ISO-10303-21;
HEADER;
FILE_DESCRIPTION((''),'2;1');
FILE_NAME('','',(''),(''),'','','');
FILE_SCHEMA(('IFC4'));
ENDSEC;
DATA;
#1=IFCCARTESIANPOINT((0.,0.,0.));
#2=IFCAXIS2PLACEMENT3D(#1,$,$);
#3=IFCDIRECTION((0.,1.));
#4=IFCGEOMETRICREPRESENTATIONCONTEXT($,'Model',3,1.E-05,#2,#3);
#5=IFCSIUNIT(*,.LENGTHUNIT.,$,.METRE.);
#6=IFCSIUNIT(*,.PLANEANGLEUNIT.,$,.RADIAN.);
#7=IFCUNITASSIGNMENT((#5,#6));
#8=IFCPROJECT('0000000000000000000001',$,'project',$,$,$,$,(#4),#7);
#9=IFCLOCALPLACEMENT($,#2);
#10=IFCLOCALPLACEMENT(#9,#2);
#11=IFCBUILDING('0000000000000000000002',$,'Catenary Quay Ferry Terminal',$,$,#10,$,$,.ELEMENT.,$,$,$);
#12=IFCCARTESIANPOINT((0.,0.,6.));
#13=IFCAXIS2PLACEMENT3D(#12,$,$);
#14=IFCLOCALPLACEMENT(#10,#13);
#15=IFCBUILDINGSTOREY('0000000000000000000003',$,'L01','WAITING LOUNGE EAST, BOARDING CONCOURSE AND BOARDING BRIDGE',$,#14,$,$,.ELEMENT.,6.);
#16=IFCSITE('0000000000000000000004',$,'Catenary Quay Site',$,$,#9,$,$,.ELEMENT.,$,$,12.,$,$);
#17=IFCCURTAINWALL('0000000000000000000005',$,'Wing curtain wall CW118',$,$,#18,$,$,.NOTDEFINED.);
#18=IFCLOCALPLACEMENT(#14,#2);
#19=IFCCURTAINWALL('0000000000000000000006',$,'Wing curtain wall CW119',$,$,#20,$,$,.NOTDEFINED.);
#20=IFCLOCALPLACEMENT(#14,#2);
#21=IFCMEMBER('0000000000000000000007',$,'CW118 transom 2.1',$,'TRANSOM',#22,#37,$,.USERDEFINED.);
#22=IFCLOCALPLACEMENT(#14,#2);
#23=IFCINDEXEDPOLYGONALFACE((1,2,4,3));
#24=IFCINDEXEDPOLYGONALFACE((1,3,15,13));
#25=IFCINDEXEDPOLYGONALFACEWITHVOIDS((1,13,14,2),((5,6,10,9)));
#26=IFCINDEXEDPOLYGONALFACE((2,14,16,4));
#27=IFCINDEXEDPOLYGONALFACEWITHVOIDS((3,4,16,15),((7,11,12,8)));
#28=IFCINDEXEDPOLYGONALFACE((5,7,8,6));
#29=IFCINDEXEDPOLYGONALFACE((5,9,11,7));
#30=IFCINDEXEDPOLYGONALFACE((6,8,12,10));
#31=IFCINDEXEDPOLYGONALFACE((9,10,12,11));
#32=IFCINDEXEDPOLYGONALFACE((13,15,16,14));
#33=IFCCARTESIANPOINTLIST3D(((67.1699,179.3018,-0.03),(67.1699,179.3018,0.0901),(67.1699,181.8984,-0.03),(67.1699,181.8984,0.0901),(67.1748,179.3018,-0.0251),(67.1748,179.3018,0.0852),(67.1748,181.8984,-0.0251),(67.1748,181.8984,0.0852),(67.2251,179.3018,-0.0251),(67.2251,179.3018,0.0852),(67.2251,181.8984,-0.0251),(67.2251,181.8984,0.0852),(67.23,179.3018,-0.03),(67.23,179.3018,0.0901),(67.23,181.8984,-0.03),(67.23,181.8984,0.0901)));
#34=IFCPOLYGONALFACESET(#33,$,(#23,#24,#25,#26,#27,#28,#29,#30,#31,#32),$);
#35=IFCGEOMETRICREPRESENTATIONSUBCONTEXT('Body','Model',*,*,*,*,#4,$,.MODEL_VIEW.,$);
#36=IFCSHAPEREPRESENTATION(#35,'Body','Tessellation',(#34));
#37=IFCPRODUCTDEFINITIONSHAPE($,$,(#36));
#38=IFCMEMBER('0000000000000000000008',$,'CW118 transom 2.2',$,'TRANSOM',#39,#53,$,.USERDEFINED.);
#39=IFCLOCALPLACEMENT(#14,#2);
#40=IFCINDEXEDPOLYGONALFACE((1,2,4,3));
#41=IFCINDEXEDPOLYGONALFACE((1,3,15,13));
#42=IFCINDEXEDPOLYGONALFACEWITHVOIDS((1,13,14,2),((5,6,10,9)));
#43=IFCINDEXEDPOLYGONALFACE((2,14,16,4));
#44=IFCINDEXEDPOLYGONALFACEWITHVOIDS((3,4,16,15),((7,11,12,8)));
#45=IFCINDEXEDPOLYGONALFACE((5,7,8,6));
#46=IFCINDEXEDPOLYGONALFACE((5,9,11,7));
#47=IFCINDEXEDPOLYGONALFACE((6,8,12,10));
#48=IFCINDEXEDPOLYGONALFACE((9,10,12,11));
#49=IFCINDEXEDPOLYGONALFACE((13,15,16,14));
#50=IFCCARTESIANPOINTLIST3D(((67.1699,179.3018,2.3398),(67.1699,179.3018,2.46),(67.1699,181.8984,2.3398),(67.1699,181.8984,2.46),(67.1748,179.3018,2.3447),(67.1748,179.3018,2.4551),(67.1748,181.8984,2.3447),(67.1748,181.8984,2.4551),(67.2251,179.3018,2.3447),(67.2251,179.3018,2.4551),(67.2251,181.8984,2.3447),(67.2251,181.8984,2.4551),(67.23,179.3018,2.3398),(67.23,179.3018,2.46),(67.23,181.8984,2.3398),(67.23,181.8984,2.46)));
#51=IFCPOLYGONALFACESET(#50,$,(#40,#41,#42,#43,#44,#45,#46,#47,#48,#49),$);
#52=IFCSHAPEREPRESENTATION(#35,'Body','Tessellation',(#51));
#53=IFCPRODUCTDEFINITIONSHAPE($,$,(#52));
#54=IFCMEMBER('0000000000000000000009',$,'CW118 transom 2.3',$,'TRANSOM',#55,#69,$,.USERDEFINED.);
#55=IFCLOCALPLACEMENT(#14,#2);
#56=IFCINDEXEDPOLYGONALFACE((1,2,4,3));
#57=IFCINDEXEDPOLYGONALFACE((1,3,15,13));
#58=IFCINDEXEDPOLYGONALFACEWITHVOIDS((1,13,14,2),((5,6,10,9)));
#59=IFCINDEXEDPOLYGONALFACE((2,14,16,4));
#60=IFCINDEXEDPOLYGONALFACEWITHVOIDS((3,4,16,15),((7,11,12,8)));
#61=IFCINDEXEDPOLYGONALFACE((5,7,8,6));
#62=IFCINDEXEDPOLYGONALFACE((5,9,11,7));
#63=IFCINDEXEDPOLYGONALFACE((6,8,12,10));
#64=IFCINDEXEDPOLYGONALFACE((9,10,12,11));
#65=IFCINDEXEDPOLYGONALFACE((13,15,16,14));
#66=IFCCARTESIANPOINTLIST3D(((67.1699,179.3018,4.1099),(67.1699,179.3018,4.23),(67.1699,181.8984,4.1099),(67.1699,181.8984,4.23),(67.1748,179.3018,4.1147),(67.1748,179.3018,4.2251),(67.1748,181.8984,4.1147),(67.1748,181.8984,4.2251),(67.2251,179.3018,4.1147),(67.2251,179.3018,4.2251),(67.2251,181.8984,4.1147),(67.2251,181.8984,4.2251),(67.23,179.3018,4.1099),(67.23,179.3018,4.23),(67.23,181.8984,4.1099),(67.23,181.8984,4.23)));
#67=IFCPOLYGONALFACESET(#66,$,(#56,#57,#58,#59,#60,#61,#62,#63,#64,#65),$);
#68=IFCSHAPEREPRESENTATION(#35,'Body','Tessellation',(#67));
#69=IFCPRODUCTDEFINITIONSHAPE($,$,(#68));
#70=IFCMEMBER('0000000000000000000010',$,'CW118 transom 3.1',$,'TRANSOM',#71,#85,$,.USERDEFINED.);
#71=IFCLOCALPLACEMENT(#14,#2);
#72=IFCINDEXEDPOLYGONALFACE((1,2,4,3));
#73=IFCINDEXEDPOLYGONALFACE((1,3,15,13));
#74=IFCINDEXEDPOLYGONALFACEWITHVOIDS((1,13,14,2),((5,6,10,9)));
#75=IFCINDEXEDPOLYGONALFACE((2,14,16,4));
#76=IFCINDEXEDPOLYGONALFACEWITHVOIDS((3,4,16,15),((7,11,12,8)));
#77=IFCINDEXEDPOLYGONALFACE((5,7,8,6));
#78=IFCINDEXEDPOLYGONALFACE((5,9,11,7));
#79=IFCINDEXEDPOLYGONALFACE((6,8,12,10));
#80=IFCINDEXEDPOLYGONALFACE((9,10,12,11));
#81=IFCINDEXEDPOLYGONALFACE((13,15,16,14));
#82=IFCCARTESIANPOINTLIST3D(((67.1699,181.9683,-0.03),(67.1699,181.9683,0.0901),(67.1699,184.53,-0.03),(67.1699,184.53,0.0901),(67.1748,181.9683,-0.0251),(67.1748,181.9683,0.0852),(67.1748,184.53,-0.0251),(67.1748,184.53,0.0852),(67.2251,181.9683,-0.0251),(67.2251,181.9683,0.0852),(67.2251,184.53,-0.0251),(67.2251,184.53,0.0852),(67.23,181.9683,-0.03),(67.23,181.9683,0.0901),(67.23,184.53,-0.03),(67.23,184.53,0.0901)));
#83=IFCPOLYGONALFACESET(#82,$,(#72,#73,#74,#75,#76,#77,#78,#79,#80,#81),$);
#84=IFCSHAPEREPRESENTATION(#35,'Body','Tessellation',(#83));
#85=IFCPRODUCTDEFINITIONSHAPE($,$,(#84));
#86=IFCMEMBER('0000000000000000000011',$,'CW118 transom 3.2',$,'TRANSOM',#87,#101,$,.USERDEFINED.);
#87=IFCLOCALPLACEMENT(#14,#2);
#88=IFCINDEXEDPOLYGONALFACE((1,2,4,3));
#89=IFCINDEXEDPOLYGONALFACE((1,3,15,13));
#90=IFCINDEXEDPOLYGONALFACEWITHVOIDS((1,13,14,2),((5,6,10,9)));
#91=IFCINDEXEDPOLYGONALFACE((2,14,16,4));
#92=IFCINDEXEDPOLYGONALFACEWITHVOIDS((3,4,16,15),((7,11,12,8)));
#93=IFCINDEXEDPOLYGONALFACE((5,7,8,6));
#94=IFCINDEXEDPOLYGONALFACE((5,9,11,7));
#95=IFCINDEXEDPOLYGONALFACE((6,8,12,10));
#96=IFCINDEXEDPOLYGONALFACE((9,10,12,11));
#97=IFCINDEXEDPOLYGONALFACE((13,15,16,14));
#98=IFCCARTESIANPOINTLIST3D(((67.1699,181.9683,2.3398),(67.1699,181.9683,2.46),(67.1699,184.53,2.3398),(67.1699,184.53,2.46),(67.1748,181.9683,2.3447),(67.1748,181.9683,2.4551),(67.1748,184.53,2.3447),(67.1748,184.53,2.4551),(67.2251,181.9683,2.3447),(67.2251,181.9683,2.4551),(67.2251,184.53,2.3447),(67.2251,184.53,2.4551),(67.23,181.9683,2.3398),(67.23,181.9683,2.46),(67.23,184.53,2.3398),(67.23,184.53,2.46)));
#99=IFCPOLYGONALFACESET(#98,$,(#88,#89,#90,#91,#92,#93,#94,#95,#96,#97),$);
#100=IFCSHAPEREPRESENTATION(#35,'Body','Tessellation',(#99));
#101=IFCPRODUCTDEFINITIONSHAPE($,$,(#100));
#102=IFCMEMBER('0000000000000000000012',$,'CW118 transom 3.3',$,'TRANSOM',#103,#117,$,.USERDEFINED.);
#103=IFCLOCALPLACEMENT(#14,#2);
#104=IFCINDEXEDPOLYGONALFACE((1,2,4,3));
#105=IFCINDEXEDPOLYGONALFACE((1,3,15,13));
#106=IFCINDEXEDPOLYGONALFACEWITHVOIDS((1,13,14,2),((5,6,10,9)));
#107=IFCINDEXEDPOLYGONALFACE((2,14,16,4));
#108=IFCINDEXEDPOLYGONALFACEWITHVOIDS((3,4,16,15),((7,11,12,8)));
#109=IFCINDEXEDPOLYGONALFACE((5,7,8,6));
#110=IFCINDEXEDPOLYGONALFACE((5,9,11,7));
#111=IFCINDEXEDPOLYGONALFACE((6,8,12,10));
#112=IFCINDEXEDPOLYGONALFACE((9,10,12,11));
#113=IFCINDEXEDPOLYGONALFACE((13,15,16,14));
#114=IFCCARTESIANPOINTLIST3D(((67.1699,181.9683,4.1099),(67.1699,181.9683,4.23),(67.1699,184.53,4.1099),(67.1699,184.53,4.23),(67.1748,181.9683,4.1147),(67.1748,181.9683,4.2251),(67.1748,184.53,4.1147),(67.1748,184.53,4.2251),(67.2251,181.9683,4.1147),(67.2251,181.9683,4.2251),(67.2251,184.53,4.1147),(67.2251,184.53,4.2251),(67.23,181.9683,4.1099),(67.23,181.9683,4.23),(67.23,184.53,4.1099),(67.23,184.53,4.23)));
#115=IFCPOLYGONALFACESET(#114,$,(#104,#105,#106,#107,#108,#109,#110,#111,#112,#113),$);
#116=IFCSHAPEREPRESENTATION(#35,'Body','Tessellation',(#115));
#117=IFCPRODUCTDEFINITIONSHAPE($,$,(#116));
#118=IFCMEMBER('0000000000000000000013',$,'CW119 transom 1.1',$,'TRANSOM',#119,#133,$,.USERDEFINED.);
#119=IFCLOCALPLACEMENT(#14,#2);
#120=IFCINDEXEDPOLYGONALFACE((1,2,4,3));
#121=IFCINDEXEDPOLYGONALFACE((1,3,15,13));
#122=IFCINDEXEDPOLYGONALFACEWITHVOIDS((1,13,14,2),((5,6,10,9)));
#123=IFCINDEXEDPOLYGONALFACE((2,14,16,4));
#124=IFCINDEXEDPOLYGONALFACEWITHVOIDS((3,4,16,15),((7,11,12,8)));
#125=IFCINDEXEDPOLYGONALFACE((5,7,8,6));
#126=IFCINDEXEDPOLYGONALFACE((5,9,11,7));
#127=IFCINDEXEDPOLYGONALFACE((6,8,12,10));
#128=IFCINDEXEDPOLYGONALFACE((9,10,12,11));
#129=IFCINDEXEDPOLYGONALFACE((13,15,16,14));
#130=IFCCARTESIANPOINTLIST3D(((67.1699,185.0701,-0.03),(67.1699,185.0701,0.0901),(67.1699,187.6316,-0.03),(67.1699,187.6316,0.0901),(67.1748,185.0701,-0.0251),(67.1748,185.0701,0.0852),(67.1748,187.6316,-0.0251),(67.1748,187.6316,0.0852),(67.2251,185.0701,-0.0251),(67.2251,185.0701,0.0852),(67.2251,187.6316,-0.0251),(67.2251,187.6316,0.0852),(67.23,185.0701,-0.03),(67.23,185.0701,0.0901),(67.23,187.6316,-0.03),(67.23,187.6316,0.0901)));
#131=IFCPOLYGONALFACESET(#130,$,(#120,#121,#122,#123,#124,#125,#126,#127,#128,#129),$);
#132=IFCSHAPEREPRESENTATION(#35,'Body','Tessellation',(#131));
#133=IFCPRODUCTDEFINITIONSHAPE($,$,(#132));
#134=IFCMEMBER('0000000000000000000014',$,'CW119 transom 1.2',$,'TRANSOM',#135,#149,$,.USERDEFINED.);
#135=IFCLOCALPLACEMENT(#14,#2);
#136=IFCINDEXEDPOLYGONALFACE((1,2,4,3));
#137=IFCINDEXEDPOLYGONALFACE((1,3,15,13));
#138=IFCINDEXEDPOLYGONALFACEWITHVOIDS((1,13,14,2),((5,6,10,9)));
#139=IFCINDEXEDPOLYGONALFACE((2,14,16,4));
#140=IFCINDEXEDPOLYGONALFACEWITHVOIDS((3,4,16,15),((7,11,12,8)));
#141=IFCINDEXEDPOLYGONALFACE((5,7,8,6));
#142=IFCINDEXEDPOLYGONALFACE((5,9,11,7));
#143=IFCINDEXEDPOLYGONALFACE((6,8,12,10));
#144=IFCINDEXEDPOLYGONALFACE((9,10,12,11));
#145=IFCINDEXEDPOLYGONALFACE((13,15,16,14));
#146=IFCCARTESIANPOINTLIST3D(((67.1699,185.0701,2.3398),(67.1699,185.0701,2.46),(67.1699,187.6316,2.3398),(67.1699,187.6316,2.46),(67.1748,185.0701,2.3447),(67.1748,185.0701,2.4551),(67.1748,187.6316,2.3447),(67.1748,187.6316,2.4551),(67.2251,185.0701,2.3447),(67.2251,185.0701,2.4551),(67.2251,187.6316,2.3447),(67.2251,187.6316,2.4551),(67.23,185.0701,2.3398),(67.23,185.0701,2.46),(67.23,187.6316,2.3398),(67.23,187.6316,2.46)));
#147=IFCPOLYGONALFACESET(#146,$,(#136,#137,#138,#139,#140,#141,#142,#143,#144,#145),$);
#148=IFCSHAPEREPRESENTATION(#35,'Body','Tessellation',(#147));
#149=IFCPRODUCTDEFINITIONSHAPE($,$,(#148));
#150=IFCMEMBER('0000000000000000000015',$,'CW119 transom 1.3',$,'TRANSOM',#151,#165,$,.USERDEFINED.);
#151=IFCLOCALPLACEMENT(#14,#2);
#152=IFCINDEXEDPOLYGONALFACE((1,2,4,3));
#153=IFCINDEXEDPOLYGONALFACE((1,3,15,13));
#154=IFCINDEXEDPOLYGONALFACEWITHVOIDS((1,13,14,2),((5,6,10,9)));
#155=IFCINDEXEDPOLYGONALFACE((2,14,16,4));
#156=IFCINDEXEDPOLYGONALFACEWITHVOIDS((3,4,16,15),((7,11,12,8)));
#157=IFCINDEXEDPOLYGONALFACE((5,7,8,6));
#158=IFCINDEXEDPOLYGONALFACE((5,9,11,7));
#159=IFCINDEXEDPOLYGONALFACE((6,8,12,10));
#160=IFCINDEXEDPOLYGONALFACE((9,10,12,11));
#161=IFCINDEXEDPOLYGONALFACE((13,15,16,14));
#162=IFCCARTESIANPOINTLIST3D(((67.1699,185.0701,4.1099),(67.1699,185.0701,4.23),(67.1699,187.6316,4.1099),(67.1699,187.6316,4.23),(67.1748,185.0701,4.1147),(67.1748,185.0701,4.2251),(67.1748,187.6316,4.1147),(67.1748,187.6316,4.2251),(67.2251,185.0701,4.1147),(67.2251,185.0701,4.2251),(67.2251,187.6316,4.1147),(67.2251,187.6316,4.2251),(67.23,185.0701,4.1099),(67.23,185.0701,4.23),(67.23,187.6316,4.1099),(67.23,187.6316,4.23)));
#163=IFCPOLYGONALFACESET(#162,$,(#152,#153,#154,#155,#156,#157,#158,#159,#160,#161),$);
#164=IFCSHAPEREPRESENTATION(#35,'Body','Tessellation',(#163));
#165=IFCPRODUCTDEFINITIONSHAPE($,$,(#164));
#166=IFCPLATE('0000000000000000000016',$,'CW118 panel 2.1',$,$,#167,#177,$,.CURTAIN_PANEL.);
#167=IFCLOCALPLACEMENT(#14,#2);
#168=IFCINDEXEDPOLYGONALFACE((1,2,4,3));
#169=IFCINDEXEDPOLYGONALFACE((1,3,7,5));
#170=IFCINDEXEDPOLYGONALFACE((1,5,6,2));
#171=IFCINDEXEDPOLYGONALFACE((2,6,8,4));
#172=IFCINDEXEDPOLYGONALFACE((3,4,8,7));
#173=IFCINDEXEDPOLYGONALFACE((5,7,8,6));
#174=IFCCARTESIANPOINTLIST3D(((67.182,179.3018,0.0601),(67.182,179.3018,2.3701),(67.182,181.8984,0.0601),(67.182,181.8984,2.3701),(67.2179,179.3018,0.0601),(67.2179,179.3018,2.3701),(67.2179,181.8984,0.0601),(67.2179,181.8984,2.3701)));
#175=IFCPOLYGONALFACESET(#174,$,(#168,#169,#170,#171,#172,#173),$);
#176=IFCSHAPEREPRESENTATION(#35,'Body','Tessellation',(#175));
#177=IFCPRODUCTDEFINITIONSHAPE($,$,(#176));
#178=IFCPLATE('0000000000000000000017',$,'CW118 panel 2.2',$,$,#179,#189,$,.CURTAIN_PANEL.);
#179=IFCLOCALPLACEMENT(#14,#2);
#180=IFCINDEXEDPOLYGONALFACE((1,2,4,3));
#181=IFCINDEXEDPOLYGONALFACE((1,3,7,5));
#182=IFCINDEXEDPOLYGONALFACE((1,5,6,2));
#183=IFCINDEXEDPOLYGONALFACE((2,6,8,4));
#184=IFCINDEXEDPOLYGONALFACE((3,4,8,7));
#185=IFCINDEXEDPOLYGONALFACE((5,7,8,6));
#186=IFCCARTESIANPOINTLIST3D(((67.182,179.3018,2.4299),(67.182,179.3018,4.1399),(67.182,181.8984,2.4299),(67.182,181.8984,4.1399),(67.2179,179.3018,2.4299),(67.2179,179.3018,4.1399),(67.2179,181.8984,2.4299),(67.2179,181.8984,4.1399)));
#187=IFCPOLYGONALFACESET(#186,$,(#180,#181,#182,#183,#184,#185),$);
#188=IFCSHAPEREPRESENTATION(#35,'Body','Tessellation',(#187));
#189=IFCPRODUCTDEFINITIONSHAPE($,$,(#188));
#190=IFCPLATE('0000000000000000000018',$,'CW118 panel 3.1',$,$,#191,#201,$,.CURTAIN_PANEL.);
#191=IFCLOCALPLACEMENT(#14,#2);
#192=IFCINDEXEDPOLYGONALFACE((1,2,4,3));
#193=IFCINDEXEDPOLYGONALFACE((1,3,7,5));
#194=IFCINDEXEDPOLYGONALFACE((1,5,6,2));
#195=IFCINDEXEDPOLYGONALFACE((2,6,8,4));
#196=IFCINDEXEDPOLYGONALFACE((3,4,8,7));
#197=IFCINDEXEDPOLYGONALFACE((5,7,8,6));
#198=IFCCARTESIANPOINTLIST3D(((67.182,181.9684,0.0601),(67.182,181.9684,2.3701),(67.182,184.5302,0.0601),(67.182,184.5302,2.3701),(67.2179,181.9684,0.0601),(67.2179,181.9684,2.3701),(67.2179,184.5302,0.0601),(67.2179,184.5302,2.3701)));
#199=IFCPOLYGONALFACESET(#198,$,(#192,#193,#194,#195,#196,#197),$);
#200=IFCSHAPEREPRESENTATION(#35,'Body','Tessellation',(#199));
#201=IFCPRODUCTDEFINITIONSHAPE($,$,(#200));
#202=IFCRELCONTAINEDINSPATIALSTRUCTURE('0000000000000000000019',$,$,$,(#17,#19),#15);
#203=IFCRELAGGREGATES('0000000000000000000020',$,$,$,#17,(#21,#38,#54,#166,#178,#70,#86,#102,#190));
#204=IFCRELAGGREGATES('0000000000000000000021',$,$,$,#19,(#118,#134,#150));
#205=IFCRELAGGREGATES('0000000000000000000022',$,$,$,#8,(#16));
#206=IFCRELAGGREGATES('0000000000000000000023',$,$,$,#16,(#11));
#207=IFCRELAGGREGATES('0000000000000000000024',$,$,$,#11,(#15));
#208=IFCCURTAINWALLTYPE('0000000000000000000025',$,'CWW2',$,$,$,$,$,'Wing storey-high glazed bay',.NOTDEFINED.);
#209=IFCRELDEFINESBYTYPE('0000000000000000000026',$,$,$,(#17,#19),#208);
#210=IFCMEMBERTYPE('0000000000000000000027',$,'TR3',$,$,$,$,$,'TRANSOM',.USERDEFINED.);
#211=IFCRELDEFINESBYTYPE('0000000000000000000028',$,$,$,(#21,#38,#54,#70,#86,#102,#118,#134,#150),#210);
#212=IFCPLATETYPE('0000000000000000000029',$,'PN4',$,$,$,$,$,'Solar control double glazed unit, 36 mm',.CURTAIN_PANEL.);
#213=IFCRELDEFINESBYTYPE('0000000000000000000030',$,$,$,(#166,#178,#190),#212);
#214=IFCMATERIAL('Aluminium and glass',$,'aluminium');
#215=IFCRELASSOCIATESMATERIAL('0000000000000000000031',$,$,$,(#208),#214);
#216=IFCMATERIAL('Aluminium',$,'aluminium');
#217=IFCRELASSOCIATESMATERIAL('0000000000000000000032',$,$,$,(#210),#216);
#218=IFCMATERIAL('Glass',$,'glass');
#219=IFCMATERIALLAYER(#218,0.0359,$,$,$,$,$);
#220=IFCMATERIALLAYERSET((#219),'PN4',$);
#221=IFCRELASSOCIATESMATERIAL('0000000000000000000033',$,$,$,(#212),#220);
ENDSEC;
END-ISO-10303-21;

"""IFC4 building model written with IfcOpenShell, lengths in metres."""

from ifc_helpers import new_model, si_unit, direction, frame, origin, origin_2d, place, context, subcontext, project, spatial, rectangle, hollow_rectangle, extrude, material, layer, layer_set, material_profile, profile_set, type_object, element, aggregate, save


model = new_model("IFC4")

# Units and contexts
model_context = context("Model", 3, precision=1e-05, world=origin(), true_north=direction((0.0, 1.0)))
body_context = subcontext(model_context, "Body", "Model", "MODEL_VIEW")
ifc_project = project(units=[si_unit("LENGTHUNIT", "METRE"), si_unit("PLANEANGLEUNIT", "RADIAN")], contexts=[model_context])

# Site, building, storey
site_placement = place(None, origin())
site = spatial("IfcSite", under=ifc_project, at=site_placement, Name="Catenary Quay Site", CompositionType="ELEMENT", RefElevation=12.0)
building_placement = place(site_placement, origin())
building = spatial("IfcBuilding", under=site, at=building_placement, Name="Catenary Quay Ferry Terminal", CompositionType="ELEMENT")
storey_placement = place(building_placement, frame((0.0, 0.0, 6.0)))
storey = spatial("IfcBuildingStorey", under=building, at=storey_placement, Name="L01", Description="WAITING LOUNGE EAST, BOARDING CONCOURSE AND BOARDING BRIDGE", CompositionType="ELEMENT", Elevation=6.0)

# Curtain wall
ifc_material_1 = material(Name="Aluminium and glass", Category="aluminium")
curtain_wall_type = type_object("IfcCurtainWallType", Name="CWW2", ElementType="Wing storey-high glazed bay", PredefinedType="NOTDEFINED", material=ifc_material_1)
curtain_wall_1_placement = place(storey_placement, origin())
curtain_wall_1 = element("IfcCurtainWall", 1, at=curtain_wall_1_placement, inside=storey, type_object=curtain_wall_type, Name="Wing curtain wall CW118", PredefinedType="NOTDEFINED")

# Curtain wall
curtain_wall_2_placement = place(storey_placement, origin())
curtain_wall_2 = element("IfcCurtainWall", 2, at=curtain_wall_2_placement, inside=storey, type_object=curtain_wall_type, Name="Wing curtain wall CW119", PredefinedType="NOTDEFINED")

# Members
ifc_material_2 = material(Name="Aluminium", Category="aluminium")
ifc_material_profile_1 = material_profile(ifc_material_2, hollow_rectangle(XDim=0.0601, YDim=0.1201, WallThickness=0.0049, at=origin_2d()), Name="TR3")
ifc_profile_set_1 = profile_set([ifc_material_profile_1], Name="Aluminium")
member_type_1 = type_object("IfcMemberType", Name="TR3", ElementType="TRANSOM", PredefinedType="USERDEFINED", material=ifc_profile_set_1)
member_1_placement = place(storey_placement, frame((67.2, 179.3018, 0.03), z_axis=(0.0, 1.0, 0.0), x_axis=(-1.0, 0.0, 0.0)))
member_1 = element("IfcMember", 3, at=member_1_placement, type_object=member_type_1, Name="CW118 transom 2.1", ObjectType="TRANSOM", PredefinedType="USERDEFINED", context=body_context, shape_type="SweptSolid", body=[
    extrude(hollow_rectangle(XDim=0.0601, YDim=0.1201, WallThickness=0.0049, at=origin_2d()), origin(), (0.0, 0.0, 1.0), 2.5967),
])
member_2_placement = place(storey_placement, frame((67.2, 179.3018, 2.3999), z_axis=(0.0, 1.0, 0.0), x_axis=(-1.0, 0.0, 0.0)))
member_2 = element("IfcMember", 4, at=member_2_placement, type_object=member_type_1, Name="CW118 transom 2.2", ObjectType="TRANSOM", PredefinedType="USERDEFINED", context=body_context, shape_type="SweptSolid", body=[
    extrude(hollow_rectangle(XDim=0.0601, YDim=0.1201, WallThickness=0.0049, at=origin_2d()), origin(), (0.0, 0.0, 1.0), 2.5967),
])
member_3_placement = place(storey_placement, frame((67.2, 179.3018, 4.1699), z_axis=(0.0, 1.0, 0.0), x_axis=(-1.0, 0.0, 0.0)))
member_3 = element("IfcMember", 5, at=member_3_placement, type_object=member_type_1, Name="CW118 transom 2.3", ObjectType="TRANSOM", PredefinedType="USERDEFINED", context=body_context, shape_type="SweptSolid", body=[
    extrude(hollow_rectangle(XDim=0.0601, YDim=0.1201, WallThickness=0.0049, at=origin_2d()), origin(), (0.0, 0.0, 1.0), 2.5967),
])
member_4_placement = place(storey_placement, frame((67.2, 181.9683, 0.03), z_axis=(0.0, 1.0, 0.0), x_axis=(-1.0, 0.0, 0.0)))
member_4 = element("IfcMember", 6, at=member_4_placement, type_object=member_type_1, Name="CW118 transom 3.1", ObjectType="TRANSOM", PredefinedType="USERDEFINED", context=body_context, shape_type="SweptSolid", body=[
    extrude(hollow_rectangle(XDim=0.0601, YDim=0.1201, WallThickness=0.0049, at=origin_2d()), origin(), (0.0, 0.0, 1.0), 2.5618),
])
member_5_placement = place(storey_placement, frame((67.2, 181.9683, 2.3999), z_axis=(0.0, 1.0, 0.0), x_axis=(-1.0, 0.0, 0.0)))
member_5 = element("IfcMember", 7, at=member_5_placement, type_object=member_type_1, Name="CW118 transom 3.2", ObjectType="TRANSOM", PredefinedType="USERDEFINED", context=body_context, shape_type="SweptSolid", body=[
    extrude(hollow_rectangle(XDim=0.0601, YDim=0.1201, WallThickness=0.0049, at=origin_2d()), origin(), (0.0, 0.0, 1.0), 2.5618),
])
member_6_placement = place(storey_placement, frame((67.2, 181.9683, 4.1699), z_axis=(0.0, 1.0, 0.0), x_axis=(-1.0, 0.0, 0.0)))
member_6 = element("IfcMember", 8, at=member_6_placement, type_object=member_type_1, Name="CW118 transom 3.3", ObjectType="TRANSOM", PredefinedType="USERDEFINED", context=body_context, shape_type="SweptSolid", body=[
    extrude(hollow_rectangle(XDim=0.0601, YDim=0.1201, WallThickness=0.0049, at=origin_2d()), origin(), (0.0, 0.0, 1.0), 2.5618),
])
member_7_placement = place(storey_placement, frame((67.2, 185.0701, 0.03), z_axis=(0.0, 1.0, 0.0), x_axis=(-1.0, 0.0, 0.0)))
member_7 = element("IfcMember", 9, at=member_7_placement, type_object=member_type_1, Name="CW119 transom 1.1", ObjectType="TRANSOM", PredefinedType="USERDEFINED", context=body_context, shape_type="SweptSolid", body=[
    extrude(hollow_rectangle(XDim=0.0601, YDim=0.1201, WallThickness=0.0049, at=origin_2d()), origin(), (0.0, 0.0, 1.0), 2.5615),
])
member_8_placement = place(storey_placement, frame((67.2, 185.0701, 2.3999), z_axis=(0.0, 1.0, 0.0), x_axis=(-1.0, 0.0, 0.0)))
member_8 = element("IfcMember", 10, at=member_8_placement, type_object=member_type_1, Name="CW119 transom 1.2", ObjectType="TRANSOM", PredefinedType="USERDEFINED", context=body_context, shape_type="SweptSolid", body=[
    extrude(hollow_rectangle(XDim=0.0601, YDim=0.1201, WallThickness=0.0049, at=origin_2d()), origin(), (0.0, 0.0, 1.0), 2.5615),
])
member_9_placement = place(storey_placement, frame((67.2, 185.0701, 4.1699), z_axis=(0.0, 1.0, 0.0), x_axis=(-1.0, 0.0, 0.0)))
member_9 = element("IfcMember", 11, at=member_9_placement, type_object=member_type_1, Name="CW119 transom 1.3", ObjectType="TRANSOM", PredefinedType="USERDEFINED", context=body_context, shape_type="SweptSolid", body=[
    extrude(hollow_rectangle(XDim=0.0601, YDim=0.1201, WallThickness=0.0049, at=origin_2d()), origin(), (0.0, 0.0, 1.0), 2.5615),
])

# Plates
ifc_material_3 = material(Name="Glass", Category="glass")
ifc_layer_1 = layer(ifc_material_3, 0.0359)
ifc_layer_set_1 = layer_set([ifc_layer_1], Name="PN4")
plate_type = type_object("IfcPlateType", Name="PN4", ElementType="Solar control double glazed unit, 36 mm", PredefinedType="CURTAIN_PANEL", material=ifc_layer_set_1)
plate_1_placement = place(storey_placement, frame((67.2, 180.6001, 0.0601), z_axis=(0.0, 0.0, 1.0), x_axis=(0.0, 1.0, 0.0)))
plate_1 = element("IfcPlate", 12, at=plate_1_placement, type_object=plate_type, Name="CW118 panel 2.1", PredefinedType="CURTAIN_PANEL", context=body_context, shape_type="SweptSolid", body=[
    extrude(rectangle(XDim=2.5967, YDim=0.0359, at=origin_2d()), origin(), (0.0, 0.0, 1.0), 2.3101),
])
plate_2_placement = place(storey_placement, frame((67.2, 180.6001, 2.4299), z_axis=(0.0, 0.0, 1.0), x_axis=(0.0, 1.0, 0.0)))
plate_2 = element("IfcPlate", 13, at=plate_2_placement, type_object=plate_type, Name="CW118 panel 2.2", PredefinedType="CURTAIN_PANEL", context=body_context, shape_type="SweptSolid", body=[
    extrude(rectangle(XDim=2.5967, YDim=0.0359, at=origin_2d()), origin(), (0.0, 0.0, 1.0), 1.71),
])
plate_3_placement = place(storey_placement, frame((67.2, 183.2493, 0.0601), z_axis=(0.0, 0.0, 1.0), x_axis=(0.0, 1.0, 0.0)))
plate_3 = element("IfcPlate", 14, at=plate_3_placement, type_object=plate_type, Name="CW118 panel 3.1", PredefinedType="CURTAIN_PANEL", context=body_context, shape_type="SweptSolid", body=[
    extrude(rectangle(XDim=2.5618, YDim=0.0359, at=origin_2d()), origin(), (0.0, 0.0, 1.0), 2.3101),
])
aggregate(curtain_wall_1, [member_1, member_2, member_3, plate_1, plate_2, member_4, member_5, member_6, plate_3])
aggregate(curtain_wall_2, [member_7, member_8, member_9])

save(model, "model.ifc")
